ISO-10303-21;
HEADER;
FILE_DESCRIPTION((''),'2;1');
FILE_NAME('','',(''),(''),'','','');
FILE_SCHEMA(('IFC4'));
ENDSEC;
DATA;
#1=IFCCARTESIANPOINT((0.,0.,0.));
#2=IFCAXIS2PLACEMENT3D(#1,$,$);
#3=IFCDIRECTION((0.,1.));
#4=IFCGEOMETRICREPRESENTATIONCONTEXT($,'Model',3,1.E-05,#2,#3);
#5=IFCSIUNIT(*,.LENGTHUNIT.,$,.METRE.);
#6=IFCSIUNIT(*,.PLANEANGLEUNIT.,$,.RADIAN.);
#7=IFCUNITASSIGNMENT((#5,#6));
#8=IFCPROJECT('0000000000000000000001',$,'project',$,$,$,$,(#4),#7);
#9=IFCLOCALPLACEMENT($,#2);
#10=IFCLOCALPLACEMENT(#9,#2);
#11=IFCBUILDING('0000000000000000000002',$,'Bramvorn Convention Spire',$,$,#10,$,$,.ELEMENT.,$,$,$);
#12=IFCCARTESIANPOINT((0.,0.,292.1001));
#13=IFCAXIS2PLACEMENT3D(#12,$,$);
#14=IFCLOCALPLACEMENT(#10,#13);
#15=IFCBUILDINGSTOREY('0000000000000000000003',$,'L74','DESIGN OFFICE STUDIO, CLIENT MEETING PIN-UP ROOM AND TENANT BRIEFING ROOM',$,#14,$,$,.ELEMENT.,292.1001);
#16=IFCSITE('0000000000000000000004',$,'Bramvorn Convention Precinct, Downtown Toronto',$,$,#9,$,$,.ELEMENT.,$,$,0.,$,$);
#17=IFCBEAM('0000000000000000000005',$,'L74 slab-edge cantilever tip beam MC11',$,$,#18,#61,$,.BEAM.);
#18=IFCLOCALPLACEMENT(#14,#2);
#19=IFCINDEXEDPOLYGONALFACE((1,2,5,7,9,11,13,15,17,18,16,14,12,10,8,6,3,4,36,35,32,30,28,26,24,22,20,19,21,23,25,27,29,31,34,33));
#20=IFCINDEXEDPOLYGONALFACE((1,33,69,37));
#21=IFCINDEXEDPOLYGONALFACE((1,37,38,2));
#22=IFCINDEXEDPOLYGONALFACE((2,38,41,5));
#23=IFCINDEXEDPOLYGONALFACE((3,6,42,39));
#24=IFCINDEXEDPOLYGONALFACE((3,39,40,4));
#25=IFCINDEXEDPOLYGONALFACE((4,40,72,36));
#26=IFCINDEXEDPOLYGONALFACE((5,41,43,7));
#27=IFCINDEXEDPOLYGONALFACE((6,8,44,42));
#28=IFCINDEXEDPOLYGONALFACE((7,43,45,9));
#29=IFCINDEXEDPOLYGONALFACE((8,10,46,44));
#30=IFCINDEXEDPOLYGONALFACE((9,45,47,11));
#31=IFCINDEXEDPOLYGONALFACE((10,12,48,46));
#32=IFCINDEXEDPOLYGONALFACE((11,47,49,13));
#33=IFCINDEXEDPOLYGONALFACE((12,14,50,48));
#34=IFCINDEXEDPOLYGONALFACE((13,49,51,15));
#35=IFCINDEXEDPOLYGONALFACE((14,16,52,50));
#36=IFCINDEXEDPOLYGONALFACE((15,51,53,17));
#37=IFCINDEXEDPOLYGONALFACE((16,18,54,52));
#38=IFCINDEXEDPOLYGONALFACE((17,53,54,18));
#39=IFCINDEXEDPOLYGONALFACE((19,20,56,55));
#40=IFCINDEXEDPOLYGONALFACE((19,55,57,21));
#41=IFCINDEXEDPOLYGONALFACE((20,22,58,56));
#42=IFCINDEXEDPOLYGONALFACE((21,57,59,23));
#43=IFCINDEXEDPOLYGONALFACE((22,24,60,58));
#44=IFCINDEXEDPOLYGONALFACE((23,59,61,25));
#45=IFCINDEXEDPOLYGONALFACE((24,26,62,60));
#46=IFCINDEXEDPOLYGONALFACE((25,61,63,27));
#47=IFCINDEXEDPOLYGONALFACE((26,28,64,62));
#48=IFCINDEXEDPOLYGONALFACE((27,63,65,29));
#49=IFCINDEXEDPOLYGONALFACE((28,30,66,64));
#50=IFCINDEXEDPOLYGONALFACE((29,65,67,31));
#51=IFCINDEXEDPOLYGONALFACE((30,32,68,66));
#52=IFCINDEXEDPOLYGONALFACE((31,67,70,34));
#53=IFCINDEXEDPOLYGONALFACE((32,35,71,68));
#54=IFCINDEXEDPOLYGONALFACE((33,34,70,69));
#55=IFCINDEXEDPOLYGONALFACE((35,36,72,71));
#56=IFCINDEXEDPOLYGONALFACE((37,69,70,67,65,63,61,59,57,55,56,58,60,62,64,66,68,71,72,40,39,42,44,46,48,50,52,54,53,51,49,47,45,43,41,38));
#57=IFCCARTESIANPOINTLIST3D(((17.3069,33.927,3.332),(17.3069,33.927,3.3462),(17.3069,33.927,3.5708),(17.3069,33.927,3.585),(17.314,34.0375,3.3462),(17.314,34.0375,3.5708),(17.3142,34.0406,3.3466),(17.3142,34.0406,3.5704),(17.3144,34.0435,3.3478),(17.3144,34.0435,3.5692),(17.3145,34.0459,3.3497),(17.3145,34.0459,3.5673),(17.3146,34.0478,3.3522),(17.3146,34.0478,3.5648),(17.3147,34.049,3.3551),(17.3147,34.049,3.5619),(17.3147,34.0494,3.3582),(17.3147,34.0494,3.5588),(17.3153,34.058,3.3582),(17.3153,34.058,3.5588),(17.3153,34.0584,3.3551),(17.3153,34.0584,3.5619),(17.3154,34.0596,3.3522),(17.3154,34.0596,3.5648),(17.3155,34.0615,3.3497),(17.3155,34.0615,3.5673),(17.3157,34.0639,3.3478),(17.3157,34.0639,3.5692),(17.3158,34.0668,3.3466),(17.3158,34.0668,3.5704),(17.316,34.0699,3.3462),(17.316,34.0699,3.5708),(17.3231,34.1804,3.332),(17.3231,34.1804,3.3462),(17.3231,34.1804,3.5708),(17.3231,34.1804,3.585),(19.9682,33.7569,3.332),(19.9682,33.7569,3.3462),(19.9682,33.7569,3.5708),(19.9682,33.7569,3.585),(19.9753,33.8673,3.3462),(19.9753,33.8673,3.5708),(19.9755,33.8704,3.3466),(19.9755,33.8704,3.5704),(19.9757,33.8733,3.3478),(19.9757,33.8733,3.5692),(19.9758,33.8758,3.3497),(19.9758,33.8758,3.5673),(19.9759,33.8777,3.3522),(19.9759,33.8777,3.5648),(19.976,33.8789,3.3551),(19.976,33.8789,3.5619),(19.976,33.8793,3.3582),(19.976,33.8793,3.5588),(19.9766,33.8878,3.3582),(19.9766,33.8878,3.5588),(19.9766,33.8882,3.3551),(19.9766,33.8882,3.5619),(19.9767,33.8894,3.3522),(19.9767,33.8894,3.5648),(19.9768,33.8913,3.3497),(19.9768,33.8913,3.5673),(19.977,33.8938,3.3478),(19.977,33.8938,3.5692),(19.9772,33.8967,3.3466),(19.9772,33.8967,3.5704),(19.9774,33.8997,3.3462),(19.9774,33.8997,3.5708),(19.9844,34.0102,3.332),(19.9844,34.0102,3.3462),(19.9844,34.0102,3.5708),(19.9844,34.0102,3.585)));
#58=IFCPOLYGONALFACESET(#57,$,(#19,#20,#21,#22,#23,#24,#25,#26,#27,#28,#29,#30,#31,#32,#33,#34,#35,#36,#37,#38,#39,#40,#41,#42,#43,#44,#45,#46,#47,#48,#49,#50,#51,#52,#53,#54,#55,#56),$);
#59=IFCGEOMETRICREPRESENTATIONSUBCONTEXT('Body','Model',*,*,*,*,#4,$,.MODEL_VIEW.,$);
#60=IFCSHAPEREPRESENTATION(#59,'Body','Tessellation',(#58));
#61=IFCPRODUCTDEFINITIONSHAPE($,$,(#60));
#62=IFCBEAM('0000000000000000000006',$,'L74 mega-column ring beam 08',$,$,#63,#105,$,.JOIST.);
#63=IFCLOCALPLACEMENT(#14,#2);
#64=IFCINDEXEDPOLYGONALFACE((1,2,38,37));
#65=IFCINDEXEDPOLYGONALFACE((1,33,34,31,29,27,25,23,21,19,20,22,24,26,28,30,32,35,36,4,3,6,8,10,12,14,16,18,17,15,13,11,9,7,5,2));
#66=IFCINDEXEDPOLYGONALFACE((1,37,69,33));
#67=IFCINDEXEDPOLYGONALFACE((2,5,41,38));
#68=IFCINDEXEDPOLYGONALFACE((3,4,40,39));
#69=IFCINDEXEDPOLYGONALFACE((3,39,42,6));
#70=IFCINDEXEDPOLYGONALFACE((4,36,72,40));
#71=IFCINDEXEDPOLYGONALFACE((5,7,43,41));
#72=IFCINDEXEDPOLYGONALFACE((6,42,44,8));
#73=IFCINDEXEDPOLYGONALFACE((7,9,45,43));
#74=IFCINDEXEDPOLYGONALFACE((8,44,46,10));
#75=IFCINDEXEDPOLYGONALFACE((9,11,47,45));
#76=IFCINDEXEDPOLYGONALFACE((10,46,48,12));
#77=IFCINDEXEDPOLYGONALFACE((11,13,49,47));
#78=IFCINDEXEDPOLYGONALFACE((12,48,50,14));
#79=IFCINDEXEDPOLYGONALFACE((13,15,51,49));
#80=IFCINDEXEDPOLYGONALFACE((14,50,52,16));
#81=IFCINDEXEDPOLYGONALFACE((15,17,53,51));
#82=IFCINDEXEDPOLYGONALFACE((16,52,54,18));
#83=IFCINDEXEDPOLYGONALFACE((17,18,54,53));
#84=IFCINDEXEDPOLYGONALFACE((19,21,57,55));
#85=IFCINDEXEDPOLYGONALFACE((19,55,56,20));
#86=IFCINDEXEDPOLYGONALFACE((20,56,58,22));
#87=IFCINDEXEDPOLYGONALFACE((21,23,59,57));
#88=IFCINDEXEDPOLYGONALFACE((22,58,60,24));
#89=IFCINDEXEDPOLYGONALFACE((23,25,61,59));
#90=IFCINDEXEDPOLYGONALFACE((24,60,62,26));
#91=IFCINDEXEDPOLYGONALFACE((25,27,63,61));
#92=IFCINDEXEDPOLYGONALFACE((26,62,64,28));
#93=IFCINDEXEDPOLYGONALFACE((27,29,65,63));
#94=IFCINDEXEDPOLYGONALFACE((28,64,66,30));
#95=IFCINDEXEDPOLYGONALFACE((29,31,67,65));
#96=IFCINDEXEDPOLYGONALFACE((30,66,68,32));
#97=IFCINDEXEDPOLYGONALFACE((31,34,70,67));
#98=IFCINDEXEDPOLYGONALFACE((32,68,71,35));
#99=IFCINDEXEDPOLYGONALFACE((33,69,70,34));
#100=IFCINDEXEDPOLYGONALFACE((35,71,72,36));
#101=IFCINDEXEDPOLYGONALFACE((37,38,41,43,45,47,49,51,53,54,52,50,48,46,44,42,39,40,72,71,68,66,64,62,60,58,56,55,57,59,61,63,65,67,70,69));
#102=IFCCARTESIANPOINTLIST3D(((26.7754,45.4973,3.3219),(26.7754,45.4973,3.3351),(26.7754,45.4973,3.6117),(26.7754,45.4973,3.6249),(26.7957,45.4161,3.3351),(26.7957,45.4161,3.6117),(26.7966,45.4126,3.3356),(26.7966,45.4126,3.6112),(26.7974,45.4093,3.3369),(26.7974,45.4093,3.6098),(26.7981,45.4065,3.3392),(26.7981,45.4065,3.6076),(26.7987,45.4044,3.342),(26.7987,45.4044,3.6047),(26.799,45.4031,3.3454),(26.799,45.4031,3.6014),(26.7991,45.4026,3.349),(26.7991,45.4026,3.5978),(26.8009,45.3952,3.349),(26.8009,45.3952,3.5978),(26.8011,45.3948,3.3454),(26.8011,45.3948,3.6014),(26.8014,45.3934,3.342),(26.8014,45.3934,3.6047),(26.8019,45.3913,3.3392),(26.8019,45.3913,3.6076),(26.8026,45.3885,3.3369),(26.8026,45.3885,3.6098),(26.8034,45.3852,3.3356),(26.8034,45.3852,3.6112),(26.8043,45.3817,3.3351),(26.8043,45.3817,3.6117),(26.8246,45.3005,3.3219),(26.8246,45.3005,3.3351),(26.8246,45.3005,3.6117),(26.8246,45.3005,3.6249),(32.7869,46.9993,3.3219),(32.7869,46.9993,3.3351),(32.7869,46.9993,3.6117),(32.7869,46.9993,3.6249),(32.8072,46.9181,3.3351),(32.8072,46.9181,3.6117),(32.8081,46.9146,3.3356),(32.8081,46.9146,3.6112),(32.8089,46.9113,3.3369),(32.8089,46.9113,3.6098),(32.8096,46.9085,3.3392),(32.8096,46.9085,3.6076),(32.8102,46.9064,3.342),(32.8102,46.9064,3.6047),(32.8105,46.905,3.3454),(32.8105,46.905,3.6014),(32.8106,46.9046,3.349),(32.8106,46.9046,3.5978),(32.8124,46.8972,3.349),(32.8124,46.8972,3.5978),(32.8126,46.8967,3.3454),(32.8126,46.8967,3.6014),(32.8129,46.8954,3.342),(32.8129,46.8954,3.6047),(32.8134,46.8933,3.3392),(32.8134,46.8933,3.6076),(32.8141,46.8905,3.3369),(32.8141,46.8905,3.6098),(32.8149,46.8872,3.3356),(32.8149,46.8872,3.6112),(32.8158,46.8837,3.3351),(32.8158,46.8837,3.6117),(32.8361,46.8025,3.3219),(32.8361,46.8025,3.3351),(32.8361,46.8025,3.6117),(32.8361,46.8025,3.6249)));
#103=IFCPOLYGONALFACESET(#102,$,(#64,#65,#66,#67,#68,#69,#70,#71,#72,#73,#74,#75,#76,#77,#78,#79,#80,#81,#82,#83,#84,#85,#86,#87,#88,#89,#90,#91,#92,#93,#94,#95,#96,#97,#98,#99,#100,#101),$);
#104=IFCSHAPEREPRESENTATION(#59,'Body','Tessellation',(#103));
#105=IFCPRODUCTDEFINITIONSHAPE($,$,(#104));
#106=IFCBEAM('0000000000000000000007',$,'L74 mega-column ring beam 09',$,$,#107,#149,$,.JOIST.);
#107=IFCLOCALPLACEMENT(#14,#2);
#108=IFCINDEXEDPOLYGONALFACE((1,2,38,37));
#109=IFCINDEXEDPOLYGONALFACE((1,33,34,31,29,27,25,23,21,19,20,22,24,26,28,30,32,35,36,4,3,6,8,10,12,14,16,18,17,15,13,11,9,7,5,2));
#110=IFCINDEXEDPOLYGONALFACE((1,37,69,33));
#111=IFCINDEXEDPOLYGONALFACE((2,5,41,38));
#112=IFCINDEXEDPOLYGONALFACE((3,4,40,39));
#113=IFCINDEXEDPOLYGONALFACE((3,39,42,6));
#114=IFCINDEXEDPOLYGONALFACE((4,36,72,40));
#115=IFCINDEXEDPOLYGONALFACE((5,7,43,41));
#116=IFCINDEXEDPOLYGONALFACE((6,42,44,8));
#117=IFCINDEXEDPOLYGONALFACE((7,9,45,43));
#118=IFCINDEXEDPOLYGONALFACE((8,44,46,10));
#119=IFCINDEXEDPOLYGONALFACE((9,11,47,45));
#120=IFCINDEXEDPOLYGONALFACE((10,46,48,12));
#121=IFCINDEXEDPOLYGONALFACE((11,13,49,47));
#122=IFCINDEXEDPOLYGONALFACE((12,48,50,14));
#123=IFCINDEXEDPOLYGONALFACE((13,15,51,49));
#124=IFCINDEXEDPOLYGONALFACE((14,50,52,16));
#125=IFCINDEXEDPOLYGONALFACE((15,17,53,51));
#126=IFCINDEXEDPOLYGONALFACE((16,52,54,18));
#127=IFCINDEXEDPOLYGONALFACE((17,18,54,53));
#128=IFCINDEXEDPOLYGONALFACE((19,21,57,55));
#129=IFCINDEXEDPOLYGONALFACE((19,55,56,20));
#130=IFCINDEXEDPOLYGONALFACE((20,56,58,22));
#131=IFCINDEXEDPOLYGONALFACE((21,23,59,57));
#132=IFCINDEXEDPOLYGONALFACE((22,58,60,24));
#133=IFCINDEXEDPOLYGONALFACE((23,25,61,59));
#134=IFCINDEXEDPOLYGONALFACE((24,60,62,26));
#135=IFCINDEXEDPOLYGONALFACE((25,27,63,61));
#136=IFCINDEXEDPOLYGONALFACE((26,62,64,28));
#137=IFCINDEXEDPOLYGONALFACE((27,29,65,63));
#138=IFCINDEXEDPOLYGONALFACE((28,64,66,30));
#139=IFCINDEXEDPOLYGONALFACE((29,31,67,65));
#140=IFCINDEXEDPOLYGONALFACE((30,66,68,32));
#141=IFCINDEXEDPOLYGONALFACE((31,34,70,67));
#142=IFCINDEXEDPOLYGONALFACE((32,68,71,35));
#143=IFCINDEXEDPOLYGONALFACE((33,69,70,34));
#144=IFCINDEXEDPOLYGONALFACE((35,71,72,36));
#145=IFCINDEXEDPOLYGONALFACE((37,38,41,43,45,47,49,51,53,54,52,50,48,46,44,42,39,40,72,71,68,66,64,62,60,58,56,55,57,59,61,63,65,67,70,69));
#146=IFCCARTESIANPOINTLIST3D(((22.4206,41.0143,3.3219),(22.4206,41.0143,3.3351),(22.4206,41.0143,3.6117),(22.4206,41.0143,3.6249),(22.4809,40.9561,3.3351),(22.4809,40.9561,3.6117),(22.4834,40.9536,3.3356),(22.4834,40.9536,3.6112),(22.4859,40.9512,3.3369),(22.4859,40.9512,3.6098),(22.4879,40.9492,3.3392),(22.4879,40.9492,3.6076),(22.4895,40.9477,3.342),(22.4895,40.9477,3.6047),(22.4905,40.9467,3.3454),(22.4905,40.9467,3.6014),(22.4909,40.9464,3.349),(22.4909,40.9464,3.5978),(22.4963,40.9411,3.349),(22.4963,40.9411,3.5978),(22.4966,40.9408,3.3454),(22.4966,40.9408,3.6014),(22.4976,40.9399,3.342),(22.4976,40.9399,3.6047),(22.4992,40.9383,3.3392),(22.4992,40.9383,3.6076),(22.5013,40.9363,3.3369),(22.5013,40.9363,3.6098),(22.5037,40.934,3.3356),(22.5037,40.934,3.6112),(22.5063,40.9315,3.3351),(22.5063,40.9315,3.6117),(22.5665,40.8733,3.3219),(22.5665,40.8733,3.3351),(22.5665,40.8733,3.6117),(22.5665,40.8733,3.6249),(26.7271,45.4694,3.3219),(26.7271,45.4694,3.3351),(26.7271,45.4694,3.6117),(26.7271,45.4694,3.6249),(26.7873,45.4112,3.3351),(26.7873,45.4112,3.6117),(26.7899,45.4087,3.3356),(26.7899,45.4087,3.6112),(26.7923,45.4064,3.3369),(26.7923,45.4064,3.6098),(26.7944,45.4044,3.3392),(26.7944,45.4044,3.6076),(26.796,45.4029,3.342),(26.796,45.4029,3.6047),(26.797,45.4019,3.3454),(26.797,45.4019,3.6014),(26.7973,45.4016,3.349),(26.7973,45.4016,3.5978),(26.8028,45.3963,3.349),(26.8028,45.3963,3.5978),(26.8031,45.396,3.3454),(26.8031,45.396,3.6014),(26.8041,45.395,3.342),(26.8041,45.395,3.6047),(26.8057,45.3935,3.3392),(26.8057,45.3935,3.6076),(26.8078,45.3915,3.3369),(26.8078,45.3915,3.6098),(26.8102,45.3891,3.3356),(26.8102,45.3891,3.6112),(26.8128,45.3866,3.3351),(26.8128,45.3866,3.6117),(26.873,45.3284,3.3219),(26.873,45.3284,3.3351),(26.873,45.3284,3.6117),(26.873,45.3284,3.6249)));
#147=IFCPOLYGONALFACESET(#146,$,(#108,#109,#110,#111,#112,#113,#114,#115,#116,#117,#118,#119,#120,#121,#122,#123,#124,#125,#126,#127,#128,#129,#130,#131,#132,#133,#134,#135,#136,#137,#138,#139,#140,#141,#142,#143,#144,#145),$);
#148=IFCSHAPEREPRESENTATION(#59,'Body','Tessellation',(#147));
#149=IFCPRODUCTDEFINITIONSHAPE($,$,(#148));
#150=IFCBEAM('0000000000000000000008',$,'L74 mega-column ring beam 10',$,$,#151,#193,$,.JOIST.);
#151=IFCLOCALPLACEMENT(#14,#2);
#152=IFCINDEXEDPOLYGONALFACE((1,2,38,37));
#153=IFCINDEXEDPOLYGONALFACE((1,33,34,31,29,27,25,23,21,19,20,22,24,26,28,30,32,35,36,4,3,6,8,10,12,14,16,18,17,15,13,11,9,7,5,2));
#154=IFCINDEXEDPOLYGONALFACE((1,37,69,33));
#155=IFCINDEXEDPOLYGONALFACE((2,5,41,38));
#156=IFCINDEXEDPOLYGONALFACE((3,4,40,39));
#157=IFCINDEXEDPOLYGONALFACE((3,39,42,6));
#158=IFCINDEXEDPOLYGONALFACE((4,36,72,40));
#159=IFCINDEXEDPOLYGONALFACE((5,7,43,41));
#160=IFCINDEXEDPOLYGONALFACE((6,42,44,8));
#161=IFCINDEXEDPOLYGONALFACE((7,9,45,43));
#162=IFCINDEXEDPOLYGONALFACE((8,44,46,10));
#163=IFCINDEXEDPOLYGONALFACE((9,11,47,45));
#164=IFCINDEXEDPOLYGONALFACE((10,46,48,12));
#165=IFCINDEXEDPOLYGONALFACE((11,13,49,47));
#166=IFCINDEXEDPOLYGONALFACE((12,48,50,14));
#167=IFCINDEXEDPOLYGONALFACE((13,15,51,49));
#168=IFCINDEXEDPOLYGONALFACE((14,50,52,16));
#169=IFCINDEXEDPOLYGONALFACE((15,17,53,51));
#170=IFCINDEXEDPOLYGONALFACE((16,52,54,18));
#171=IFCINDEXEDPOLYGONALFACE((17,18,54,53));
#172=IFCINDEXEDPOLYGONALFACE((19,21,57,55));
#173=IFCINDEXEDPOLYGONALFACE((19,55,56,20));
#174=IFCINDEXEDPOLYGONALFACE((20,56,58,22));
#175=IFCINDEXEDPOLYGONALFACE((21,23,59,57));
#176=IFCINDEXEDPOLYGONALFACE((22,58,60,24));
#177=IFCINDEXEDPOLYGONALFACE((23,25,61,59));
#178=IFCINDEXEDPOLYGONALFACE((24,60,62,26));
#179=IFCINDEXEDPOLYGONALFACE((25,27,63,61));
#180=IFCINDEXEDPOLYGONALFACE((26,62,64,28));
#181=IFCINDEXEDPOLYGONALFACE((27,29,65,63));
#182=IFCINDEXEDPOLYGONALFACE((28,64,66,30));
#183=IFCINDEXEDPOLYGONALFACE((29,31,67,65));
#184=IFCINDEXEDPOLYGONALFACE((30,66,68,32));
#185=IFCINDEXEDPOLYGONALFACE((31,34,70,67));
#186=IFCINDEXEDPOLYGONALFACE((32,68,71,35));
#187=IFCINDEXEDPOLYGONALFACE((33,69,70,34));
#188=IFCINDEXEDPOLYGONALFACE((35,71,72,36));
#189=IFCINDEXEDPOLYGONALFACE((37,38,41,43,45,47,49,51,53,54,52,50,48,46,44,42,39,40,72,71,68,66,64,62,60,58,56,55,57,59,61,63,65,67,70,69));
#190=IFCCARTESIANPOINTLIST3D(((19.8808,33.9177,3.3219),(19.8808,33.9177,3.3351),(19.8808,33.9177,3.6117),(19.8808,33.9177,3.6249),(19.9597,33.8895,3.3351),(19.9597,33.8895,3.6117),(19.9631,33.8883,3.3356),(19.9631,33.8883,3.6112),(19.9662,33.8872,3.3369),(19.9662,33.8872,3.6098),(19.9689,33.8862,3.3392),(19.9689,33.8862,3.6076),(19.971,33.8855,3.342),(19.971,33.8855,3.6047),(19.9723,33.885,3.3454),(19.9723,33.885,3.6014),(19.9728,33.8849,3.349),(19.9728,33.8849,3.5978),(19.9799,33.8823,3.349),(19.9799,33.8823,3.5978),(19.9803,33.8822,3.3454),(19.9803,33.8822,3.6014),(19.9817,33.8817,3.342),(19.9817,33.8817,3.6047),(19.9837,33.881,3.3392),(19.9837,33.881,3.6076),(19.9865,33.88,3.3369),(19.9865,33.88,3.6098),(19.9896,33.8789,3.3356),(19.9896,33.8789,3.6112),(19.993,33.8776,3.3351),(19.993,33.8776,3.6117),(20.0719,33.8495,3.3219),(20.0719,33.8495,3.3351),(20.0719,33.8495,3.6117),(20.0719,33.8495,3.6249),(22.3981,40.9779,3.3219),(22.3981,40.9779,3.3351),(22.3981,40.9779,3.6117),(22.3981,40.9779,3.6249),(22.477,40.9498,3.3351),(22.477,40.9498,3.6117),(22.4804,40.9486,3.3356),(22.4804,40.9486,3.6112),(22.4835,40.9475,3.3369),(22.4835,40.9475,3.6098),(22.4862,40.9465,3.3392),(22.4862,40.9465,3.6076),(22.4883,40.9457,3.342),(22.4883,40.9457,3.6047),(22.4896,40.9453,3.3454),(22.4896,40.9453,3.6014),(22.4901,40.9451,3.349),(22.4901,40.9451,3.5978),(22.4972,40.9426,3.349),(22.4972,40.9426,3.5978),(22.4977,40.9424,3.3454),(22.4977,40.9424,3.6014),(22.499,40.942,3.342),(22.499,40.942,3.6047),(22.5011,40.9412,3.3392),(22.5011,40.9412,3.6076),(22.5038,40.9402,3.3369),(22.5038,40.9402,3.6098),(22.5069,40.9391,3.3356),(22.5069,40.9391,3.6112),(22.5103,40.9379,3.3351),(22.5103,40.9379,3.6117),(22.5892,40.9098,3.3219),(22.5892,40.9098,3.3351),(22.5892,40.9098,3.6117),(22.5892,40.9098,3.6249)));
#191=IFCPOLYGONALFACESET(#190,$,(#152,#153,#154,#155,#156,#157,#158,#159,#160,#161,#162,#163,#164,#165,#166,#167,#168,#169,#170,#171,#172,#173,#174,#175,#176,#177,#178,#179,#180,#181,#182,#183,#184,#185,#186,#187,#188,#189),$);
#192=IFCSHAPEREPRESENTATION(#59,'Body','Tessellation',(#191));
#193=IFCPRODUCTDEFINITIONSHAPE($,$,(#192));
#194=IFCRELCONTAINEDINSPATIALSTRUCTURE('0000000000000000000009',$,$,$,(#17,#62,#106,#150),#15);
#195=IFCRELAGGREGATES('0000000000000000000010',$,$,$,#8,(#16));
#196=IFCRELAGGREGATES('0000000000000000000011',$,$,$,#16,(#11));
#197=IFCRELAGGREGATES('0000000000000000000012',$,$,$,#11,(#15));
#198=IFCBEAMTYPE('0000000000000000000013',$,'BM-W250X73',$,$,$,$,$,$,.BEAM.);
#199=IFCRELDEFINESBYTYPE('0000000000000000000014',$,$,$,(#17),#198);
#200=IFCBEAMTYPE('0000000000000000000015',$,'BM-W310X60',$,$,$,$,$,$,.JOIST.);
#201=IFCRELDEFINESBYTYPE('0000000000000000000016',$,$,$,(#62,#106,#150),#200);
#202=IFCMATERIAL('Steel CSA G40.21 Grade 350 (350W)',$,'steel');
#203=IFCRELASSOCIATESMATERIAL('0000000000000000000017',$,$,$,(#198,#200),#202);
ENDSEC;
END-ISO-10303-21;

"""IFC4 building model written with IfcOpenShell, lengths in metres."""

from ifc_helpers import new_model, si_unit, direction, frame, origin, origin_2d, place, context, subcontext, project, spatial, i_section, extrude, material, material_profile, profile_set, type_object, element, save


model = new_model("IFC4")

# Units and contexts
model_context = context("Model", 3, precision=1e-05, world=origin(), true_north=direction((0.0, 1.0)))
body_context = subcontext(model_context, "Body", "Model", "MODEL_VIEW")
ifc_project = project(units=[si_unit("LENGTHUNIT", "METRE"), si_unit("PLANEANGLEUNIT", "RADIAN")], contexts=[model_context])

# Site, building, storey
site_placement = place(None, origin())
site = spatial("IfcSite", under=ifc_project, at=site_placement, Name="Bramvorn Convention Precinct, Downtown Toronto", CompositionType="ELEMENT", RefElevation=0.0)
building_placement = place(site_placement, origin())
building = spatial("IfcBuilding", under=site, at=building_placement, Name="Bramvorn Convention Spire", CompositionType="ELEMENT")
storey_placement = place(building_placement, frame((0.0, 0.0, 292.1001)))
storey = spatial("IfcBuildingStorey", under=building, at=storey_placement, Name="L74", Description="DESIGN OFFICE STUDIO, CLIENT MEETING PIN-UP ROOM AND TENANT BRIEFING ROOM", CompositionType="ELEMENT", Elevation=292.1001)

# Shared definitions
ifc_material_1 = material(Name="Steel CSA G40.21 Grade 350 (350W)", Category="steel")

# Beams
ifc_material_profile_1 = material_profile(ifc_material_1, i_section(OverallWidth=0.2539, OverallDepth=0.2529, WebThickness=0.0085, FlangeThickness=0.0142, FilletRadius=0.012, at=origin_2d()))
ifc_profile_set_1 = profile_set([ifc_material_profile_1], Name="Steel CSA G40.21 Grade 350 (350W) - W250X73")
beam_type_1 = type_object("IfcBeamType", Name="BM-W250X73", PredefinedType="BEAM", material=ifc_profile_set_1)
beam_1_placement = place(storey_placement, frame((19.9763, 33.8835, 3.4585), z_axis=(-0.997962, 0.063809, 0.0), x_axis=(-0.063809, -0.997962, 0.0)))
element("IfcBeam", 1, at=beam_1_placement, inside=storey, type_object=beam_type_1, Name="L74 slab-edge cantilever tip beam MC11", PredefinedType="BEAM", context=body_context, shape_type="SweptSolid", body=[
    extrude(i_section(OverallWidth=0.2539, OverallDepth=0.2529, WebThickness=0.0085, FlangeThickness=0.0142, FilletRadius=0.012, at=origin_2d()), origin(), (0.0, 0.0, 1.0), 2.6667),
])
ifc_material_profile_2 = material_profile(ifc_material_1, i_section(OverallWidth=0.2029, OverallDepth=0.303, WebThickness=0.0076, FlangeThickness=0.0132, FilletRadius=0.0139, at=origin_2d()))
ifc_profile_set_2 = profile_set([ifc_material_profile_2], Name="Steel CSA G40.21 Grade 350 (350W) - W310X60")
beam_type_2 = type_object("IfcBeamType", Name="BM-W310X60", PredefinedType="JOIST", material=ifc_profile_set_2)
for number, where, z_axis, x_axis, name in (
    (2, (32.8115, 46.9009, 3.4734), (-0.970177, -0.242397, 0.0), (0.242397, -0.970177, 0.0), "L74 mega-column ring beam 08"),
    (3, (26.8, 45.3989, 3.4734), (-0.695007, -0.719003, 0.0), (0.719003, -0.695007, 0.0), "L74 mega-column ring beam 09"),
):
    element("IfcBeam", number, at=place(storey_placement, frame(where, z_axis=z_axis, x_axis=x_axis)), inside=storey, type_object=beam_type_2, Name=name, PredefinedType="JOIST", context=body_context, shape_type="SweptSolid", body=[
        extrude(i_section(OverallWidth=0.2029, OverallDepth=0.303, WebThickness=0.0076, FlangeThickness=0.0132, FilletRadius=0.0139, at=origin_2d()), origin(), (0.0, 0.0, 1.0), 6.1963),
    ])
beam_2_placement = place(storey_placement, frame((22.4937, 40.9438, 3.4734), z_axis=(-0.335839, -0.941919, 0.0), x_axis=(0.941919, -0.335839, 0.0)))
element("IfcBeam", 4, at=beam_2_placement, inside=storey, type_object=beam_type_2, Name="L74 mega-column ring beam 10", PredefinedType="JOIST", context=body_context, shape_type="SweptSolid", body=[
    extrude(i_section(OverallWidth=0.2029, OverallDepth=0.303, WebThickness=0.0076, FlangeThickness=0.0132, FilletRadius=0.0139, at=origin_2d()), origin(), (0.0, 0.0, 1.0), 7.4956),
])

save(model, "model.ifc")
